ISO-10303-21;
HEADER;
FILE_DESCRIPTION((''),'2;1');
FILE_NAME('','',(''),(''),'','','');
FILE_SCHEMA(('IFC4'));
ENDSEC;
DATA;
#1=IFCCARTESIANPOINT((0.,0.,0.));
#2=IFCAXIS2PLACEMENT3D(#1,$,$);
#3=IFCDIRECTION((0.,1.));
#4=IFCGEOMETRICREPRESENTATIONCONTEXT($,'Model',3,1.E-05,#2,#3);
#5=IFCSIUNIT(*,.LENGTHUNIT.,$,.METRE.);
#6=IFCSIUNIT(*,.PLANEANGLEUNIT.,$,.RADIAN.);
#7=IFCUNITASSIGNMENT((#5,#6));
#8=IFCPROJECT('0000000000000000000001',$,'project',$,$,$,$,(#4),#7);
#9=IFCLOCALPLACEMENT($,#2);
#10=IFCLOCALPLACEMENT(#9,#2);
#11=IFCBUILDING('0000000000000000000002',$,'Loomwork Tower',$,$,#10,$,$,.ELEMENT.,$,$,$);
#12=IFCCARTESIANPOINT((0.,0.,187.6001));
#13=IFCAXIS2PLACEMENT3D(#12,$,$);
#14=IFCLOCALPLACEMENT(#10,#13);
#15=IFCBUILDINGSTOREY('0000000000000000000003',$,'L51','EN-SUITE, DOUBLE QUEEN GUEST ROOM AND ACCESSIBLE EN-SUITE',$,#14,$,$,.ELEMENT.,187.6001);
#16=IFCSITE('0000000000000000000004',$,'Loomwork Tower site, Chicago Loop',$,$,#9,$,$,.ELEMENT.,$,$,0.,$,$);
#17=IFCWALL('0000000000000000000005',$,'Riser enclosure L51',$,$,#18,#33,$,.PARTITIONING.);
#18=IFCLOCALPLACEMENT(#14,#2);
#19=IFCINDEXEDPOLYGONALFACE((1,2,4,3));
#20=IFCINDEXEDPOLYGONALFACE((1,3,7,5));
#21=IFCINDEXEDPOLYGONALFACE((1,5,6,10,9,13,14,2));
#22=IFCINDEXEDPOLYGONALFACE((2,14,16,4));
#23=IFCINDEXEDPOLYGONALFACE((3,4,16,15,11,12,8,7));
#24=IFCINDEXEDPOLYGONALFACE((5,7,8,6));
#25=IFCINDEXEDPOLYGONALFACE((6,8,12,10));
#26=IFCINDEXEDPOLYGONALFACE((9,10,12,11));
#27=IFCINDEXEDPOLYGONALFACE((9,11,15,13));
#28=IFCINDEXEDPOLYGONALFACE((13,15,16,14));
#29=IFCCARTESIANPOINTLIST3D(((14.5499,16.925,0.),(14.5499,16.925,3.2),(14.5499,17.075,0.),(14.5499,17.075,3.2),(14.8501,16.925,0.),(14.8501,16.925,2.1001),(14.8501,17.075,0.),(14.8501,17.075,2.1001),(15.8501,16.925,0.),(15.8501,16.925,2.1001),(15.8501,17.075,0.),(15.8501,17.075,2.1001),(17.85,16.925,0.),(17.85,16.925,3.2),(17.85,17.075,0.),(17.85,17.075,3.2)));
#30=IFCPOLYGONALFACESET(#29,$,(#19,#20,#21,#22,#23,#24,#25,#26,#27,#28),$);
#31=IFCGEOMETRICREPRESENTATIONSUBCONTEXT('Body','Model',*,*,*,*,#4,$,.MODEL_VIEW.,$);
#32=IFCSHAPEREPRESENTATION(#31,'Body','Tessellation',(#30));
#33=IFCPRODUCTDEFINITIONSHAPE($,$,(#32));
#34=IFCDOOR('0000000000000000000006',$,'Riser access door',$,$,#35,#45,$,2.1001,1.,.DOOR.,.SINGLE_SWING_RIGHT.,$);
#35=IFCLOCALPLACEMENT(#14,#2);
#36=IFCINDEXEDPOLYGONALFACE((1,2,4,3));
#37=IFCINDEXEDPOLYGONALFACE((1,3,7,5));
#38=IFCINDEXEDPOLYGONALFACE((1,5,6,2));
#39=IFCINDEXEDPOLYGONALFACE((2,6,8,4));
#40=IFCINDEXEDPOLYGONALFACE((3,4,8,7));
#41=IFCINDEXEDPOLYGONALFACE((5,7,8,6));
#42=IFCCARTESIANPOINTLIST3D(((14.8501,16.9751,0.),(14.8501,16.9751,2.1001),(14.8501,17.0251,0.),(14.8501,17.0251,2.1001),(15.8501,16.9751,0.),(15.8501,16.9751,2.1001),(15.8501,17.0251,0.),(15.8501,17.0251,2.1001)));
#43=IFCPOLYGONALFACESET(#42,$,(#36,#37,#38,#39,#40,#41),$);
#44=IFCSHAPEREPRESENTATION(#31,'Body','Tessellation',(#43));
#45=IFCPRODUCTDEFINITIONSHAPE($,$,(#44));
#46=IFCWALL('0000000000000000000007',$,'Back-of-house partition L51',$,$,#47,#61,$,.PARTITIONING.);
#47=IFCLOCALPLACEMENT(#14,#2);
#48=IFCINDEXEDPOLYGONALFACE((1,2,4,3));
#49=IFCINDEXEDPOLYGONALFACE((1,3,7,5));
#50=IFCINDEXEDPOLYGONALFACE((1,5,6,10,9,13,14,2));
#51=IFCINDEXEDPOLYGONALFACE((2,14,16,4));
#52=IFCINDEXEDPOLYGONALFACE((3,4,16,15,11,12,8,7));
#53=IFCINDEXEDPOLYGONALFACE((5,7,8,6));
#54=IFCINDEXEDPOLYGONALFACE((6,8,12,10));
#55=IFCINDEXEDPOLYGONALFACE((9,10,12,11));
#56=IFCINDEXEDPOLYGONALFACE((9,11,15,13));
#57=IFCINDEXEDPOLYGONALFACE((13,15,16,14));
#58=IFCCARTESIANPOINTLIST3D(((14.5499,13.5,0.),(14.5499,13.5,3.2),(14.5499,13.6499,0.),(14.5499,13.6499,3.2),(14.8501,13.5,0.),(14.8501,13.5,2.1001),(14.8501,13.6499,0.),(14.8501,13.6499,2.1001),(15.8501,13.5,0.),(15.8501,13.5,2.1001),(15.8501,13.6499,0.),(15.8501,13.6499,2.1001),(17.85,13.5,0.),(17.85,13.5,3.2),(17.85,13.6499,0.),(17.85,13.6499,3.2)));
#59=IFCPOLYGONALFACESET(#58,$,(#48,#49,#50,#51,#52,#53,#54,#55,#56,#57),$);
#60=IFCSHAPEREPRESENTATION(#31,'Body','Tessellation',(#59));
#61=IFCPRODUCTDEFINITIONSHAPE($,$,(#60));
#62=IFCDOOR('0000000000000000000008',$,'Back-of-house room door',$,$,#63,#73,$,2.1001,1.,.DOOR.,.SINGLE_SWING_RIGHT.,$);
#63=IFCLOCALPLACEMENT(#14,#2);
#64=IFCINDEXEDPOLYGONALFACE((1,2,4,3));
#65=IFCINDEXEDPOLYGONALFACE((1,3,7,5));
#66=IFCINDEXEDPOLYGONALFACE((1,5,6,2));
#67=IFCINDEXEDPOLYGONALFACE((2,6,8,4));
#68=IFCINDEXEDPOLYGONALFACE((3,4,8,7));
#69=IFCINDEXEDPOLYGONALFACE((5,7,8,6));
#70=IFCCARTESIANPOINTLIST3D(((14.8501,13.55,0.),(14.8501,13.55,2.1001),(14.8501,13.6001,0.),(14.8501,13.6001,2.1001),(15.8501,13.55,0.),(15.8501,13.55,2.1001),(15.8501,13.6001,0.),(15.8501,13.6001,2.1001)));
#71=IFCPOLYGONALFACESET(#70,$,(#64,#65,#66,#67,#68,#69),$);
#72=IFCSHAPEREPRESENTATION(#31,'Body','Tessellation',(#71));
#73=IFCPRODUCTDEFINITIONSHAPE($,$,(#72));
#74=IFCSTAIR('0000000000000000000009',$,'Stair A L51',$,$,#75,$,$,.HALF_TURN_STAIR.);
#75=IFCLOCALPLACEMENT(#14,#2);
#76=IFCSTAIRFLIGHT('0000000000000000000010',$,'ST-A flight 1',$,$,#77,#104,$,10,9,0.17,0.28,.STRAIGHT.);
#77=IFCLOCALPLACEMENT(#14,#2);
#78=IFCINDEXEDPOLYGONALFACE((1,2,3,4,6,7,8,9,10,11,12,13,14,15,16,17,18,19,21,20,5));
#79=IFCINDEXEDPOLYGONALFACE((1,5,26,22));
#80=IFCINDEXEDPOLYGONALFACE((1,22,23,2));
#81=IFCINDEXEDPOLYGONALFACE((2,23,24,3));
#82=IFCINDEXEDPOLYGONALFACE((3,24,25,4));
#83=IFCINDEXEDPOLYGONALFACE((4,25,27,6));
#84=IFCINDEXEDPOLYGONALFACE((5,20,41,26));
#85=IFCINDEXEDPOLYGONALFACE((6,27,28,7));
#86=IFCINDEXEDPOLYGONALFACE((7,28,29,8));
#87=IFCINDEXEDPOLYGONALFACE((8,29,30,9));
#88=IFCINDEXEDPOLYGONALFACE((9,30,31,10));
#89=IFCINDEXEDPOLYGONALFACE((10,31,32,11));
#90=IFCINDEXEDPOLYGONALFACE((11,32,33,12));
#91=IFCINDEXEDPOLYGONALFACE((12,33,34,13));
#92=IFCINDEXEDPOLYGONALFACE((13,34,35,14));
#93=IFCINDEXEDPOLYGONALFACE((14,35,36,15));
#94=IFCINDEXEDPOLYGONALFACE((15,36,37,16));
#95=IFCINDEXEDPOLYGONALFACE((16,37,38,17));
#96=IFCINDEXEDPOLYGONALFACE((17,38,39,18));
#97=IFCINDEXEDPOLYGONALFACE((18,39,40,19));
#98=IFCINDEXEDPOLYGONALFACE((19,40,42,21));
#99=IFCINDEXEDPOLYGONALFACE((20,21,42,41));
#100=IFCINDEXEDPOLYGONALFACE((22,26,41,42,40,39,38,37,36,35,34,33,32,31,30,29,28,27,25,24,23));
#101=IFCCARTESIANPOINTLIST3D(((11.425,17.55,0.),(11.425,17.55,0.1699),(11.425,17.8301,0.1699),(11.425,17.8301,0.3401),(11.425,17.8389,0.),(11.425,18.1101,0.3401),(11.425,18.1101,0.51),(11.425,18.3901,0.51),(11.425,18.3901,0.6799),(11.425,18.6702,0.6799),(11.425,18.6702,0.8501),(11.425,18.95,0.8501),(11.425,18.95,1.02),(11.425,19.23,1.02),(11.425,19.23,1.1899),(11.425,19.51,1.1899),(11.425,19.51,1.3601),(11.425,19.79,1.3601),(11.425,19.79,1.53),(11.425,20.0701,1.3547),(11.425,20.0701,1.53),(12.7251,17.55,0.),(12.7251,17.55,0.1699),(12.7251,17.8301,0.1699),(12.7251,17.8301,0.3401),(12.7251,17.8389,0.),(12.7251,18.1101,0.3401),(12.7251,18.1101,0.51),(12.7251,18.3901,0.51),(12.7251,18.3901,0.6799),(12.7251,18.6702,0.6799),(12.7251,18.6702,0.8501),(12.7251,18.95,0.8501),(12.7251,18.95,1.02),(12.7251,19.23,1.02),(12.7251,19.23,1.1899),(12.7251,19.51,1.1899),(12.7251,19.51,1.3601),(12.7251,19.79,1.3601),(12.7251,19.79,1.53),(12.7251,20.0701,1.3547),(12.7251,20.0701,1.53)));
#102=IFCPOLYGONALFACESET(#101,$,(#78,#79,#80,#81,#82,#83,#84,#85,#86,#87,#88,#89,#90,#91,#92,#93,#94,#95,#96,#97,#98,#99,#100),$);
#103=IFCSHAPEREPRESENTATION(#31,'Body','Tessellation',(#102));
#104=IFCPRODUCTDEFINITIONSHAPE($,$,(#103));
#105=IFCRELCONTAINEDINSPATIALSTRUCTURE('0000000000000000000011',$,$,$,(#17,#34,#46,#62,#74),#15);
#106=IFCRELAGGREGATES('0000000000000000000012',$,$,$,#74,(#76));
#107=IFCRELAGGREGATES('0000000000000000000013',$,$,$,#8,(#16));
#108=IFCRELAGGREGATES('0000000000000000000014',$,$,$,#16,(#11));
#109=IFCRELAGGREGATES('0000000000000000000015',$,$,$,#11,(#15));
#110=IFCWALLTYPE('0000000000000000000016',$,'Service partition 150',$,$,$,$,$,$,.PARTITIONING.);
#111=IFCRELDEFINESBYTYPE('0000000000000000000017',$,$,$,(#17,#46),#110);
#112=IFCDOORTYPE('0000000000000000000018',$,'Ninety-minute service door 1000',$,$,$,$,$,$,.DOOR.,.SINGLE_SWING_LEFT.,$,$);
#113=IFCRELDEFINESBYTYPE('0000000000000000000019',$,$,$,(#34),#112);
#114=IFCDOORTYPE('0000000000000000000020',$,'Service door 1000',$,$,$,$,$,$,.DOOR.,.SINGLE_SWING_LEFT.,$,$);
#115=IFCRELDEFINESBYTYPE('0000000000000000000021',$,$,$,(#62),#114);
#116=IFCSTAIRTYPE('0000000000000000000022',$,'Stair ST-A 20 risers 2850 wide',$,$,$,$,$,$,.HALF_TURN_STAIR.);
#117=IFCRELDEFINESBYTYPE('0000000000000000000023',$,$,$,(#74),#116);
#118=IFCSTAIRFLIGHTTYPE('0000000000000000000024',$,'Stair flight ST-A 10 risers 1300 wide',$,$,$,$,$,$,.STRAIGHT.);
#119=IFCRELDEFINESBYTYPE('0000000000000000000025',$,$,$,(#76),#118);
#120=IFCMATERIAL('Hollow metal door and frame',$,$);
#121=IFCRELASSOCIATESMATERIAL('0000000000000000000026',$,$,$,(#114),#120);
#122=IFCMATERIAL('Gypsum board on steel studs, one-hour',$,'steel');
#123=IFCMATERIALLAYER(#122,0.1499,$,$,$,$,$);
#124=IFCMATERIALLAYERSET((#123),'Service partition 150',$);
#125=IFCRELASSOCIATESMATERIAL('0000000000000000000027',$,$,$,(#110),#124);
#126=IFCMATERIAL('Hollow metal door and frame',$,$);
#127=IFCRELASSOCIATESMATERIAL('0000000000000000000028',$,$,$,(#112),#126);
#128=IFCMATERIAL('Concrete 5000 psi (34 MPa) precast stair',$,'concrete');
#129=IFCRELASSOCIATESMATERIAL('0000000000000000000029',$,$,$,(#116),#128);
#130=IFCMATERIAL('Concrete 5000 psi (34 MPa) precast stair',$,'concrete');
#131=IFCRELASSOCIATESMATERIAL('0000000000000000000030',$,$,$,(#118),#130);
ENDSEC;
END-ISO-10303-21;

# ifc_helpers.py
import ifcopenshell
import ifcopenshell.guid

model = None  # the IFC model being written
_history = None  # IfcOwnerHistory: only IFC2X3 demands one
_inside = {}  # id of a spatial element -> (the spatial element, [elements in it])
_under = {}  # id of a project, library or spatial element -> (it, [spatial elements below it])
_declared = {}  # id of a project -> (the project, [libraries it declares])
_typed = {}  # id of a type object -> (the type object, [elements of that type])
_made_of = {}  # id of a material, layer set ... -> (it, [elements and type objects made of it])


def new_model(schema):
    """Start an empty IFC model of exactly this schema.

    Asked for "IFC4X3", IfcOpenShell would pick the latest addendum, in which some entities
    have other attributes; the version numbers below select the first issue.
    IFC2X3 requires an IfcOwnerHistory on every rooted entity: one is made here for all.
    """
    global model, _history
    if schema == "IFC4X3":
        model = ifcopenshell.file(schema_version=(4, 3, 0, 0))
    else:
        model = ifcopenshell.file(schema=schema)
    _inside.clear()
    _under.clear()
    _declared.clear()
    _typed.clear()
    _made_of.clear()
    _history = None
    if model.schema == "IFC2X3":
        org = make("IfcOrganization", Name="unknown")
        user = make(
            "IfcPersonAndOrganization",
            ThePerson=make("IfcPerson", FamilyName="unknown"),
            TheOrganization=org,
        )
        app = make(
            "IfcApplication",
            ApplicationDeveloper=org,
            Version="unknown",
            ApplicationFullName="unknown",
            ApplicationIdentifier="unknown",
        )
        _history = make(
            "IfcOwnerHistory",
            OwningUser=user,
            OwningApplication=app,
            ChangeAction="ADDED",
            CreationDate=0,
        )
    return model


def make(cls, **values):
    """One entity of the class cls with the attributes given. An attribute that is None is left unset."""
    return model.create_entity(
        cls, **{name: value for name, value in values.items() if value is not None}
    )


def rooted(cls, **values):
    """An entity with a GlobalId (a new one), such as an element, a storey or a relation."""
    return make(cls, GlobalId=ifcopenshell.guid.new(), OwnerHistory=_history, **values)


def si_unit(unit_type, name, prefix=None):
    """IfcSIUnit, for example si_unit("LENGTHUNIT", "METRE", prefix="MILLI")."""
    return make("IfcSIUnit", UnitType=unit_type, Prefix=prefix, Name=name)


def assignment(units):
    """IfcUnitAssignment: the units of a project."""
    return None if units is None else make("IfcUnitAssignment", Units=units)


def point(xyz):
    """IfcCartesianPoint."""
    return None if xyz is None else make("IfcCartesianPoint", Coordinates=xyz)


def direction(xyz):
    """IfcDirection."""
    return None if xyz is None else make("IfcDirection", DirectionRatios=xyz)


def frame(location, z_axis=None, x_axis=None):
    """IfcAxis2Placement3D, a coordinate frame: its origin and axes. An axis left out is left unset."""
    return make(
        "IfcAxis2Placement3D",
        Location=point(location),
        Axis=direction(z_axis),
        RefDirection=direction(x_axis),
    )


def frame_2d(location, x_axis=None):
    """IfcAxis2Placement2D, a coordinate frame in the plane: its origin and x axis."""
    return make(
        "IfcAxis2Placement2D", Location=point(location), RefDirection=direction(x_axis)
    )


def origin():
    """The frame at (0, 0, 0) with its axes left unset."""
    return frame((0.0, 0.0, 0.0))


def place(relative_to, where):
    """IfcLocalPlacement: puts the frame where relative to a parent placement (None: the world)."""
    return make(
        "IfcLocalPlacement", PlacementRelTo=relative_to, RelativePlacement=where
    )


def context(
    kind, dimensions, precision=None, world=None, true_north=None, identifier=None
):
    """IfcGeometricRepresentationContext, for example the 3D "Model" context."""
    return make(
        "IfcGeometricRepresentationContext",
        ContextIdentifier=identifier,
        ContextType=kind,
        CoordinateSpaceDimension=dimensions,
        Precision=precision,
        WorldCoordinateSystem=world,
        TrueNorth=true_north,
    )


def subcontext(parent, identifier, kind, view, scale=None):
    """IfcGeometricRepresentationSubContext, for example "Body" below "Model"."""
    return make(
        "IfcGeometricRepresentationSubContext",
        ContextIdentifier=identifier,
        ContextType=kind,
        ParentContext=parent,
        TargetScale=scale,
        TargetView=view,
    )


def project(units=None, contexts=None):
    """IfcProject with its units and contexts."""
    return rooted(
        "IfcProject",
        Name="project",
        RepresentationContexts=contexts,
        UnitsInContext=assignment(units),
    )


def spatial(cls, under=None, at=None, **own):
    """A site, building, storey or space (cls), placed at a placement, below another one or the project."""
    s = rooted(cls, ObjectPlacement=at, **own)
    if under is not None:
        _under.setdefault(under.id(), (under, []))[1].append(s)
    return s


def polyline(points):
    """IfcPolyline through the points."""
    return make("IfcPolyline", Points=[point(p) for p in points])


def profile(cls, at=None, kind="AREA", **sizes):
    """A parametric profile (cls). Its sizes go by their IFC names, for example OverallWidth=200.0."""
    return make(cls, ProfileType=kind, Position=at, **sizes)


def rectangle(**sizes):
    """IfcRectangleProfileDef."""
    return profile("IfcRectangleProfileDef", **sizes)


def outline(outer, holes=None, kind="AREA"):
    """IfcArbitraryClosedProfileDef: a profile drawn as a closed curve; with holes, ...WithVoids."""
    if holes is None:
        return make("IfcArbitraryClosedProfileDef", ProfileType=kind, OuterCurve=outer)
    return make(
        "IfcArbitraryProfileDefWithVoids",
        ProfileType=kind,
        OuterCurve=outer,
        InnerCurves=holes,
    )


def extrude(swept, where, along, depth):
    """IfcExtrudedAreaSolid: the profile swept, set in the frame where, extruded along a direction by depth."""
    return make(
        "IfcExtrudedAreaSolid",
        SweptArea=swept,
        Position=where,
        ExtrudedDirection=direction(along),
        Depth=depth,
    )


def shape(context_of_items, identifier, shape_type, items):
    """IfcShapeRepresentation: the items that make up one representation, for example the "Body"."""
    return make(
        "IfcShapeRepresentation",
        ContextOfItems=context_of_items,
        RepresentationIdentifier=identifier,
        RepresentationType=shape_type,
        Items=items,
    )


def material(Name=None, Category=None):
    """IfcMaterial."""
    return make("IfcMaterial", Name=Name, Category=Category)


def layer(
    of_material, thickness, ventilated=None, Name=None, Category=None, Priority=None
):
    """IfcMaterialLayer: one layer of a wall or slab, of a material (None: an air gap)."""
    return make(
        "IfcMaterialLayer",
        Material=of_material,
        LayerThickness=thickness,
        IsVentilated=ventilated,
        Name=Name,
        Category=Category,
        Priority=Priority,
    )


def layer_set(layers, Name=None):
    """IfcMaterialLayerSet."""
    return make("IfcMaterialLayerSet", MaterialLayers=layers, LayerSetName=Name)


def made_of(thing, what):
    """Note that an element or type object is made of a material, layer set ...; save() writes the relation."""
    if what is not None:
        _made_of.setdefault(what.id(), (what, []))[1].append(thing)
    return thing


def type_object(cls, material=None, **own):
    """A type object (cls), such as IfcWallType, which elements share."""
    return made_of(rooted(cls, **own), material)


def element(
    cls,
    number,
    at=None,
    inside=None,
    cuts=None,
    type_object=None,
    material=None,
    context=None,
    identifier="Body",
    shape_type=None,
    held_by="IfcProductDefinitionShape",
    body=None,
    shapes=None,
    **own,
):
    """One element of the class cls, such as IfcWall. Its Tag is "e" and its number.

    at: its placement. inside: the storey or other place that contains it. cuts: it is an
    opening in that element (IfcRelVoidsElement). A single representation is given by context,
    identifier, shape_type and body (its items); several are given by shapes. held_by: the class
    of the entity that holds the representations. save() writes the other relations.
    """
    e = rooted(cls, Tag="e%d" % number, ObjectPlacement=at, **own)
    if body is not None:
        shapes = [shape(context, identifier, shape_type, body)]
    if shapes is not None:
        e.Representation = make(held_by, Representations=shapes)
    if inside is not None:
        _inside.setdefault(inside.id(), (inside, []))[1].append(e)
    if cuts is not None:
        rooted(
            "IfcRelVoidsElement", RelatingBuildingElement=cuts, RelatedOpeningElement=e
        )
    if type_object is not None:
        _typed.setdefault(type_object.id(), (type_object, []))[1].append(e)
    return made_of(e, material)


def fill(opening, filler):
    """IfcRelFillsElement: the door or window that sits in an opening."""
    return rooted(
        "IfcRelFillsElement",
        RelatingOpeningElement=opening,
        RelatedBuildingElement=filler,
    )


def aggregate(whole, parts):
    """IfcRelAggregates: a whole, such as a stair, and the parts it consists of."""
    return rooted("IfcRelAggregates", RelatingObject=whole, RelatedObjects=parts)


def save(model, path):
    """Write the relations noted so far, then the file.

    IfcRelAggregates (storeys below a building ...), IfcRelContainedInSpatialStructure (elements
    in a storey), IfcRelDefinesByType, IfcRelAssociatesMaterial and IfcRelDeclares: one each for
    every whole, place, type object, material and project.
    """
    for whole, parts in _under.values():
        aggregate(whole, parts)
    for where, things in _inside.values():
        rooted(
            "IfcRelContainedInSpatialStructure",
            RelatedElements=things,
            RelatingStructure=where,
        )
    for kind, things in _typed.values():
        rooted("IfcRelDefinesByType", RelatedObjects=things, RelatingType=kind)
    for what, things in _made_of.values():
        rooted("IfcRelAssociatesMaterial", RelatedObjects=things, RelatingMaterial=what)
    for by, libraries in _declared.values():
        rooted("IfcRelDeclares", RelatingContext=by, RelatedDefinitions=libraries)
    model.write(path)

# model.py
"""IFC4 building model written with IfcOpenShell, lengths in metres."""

from ifc_helpers import new_model, si_unit, direction, frame, frame_2d, origin, place, context, subcontext, project, spatial, polyline, rectangle, outline, extrude, material, layer, layer_set, type_object, element, fill, aggregate, save


model = new_model("IFC4")

# Units and contexts
model_context = context("Model", 3, precision=1e-05, world=origin(), true_north=direction((0.0, 1.0)))
body_context = subcontext(model_context, "Body", "Model", "MODEL_VIEW")
ifc_project = project(units=[si_unit("LENGTHUNIT", "METRE"), si_unit("PLANEANGLEUNIT", "RADIAN")], contexts=[model_context])

# Site, building, storey
site_placement = place(None, origin())
site = spatial("IfcSite", under=ifc_project, at=site_placement, Name="Loomwork Tower site, Chicago Loop", CompositionType="ELEMENT", RefElevation=0.0)
building_placement = place(site_placement, origin())
building = spatial("IfcBuilding", under=site, at=building_placement, Name="Loomwork Tower", CompositionType="ELEMENT")
storey_placement = place(building_placement, frame((0.0, 0.0, 187.6001)))
storey = spatial("IfcBuildingStorey", under=building, at=storey_placement, Name="L51", Description="EN-SUITE, DOUBLE QUEEN GUEST ROOM AND ACCESSIBLE EN-SUITE", CompositionType="ELEMENT", Elevation=187.6001)

# Shared definitions
ifc_material_1 = material(Name="Hollow metal door and frame")
door_type_1 = type_object("IfcDoorType", Name="Service door 1000", OperationType="SINGLE_SWING_LEFT", PredefinedType="DOOR", material=ifc_material_1)

# Walls, openings, doors
ifc_material_2 = material(Name="Gypsum board on steel studs, one-hour", Category="steel")
ifc_layer_1 = layer(ifc_material_2, 0.1499)
ifc_layer_set_1 = layer_set([ifc_layer_1], Name="Service partition 150")
wall_type_1 = type_object("IfcWallType", Name="Service partition 150", PredefinedType="PARTITIONING", material=ifc_layer_set_1)
wall_1_placement = place(storey_placement, frame((14.55, 17.0, 0.0), z_axis=(0.0, 0.0, 1.0), x_axis=(1.0, 0.0, 0.0)))
wall_1 = element("IfcWall", 1, at=wall_1_placement, inside=storey, type_object=wall_type_1, Name="Riser enclosure L51", PredefinedType="PARTITIONING", context=body_context, shape_type="SweptSolid", body=[
    extrude(rectangle(XDim=3.3, YDim=0.1499, at=frame_2d((1.6499, 0.0))), origin(), (0.0, 0.0, 1.0), 3.2),
])
opening_1_placement = place(wall_1_placement, frame((0.3, 0.0, 0.0)))
opening_1 = element("IfcOpeningElement", 2, at=opening_1_placement, cuts=wall_1, PredefinedType="OPENING", context=body_context, shape_type="SweptSolid", body=[
    extrude(rectangle(XDim=1.0, YDim=2.1001, at=frame_2d((0.5, 1.05))), frame((0.0, 0.085, 0.0), z_axis=(0.0, -1.0, 0.0), x_axis=(1.0, 0.0, 0.0)), (0.0, 0.0, 1.0), 0.1699),
])
ifc_material_3 = material(Name="Hollow metal door and frame")
door_type_2 = type_object("IfcDoorType", Name="Ninety-minute service door 1000", OperationType="SINGLE_SWING_LEFT", PredefinedType="DOOR", material=ifc_material_3)
door_1_placement = place(opening_1_placement, frame((1.0, 0.0, 0.0), z_axis=(0.0, 0.0, 1.0), x_axis=(-1.0, 0.0, 0.0)))
door_1 = element("IfcDoor", 3, at=door_1_placement, inside=storey, type_object=door_type_2, Name="Riser access door", OperationType="SINGLE_SWING_RIGHT", OverallHeight=2.1001, OverallWidth=1.0, PredefinedType="DOOR", context=body_context, shape_type="SweptSolid", body=[
    extrude(rectangle(XDim=1.0, YDim=2.1001, at=frame_2d((0.5, 1.05))), frame((0.0, 0.0249, 0.0), z_axis=(0.0, -1.0, 0.0), x_axis=(1.0, 0.0, 0.0)), (0.0, 0.0, 1.0), 0.05),
])
fill(opening_1, door_1)
wall_2_placement = place(storey_placement, frame((14.55, 13.575, 0.0), z_axis=(0.0, 0.0, 1.0), x_axis=(1.0, 0.0, 0.0)))
wall_2 = element("IfcWall", 4, at=wall_2_placement, inside=storey, type_object=wall_type_1, Name="Back-of-house partition L51", PredefinedType="PARTITIONING", context=body_context, shape_type="SweptSolid", body=[
    extrude(rectangle(XDim=3.3, YDim=0.1499, at=frame_2d((1.6499, 0.0))), origin(), (0.0, 0.0, 1.0), 3.2),
])
opening_2_placement = place(wall_2_placement, frame((0.3, 0.0, 0.0)))
opening_2 = element("IfcOpeningElement", 5, at=opening_2_placement, cuts=wall_2, PredefinedType="OPENING", context=body_context, shape_type="SweptSolid", body=[
    extrude(rectangle(XDim=1.0, YDim=2.1001, at=frame_2d((0.5, 1.05))), frame((0.0, 0.085, 0.0), z_axis=(0.0, -1.0, 0.0), x_axis=(1.0, 0.0, 0.0)), (0.0, 0.0, 1.0), 0.1699),
])
door_2_placement = place(opening_2_placement, frame((1.0, 0.0, 0.0), z_axis=(0.0, 0.0, 1.0), x_axis=(-1.0, 0.0, 0.0)))
door_2 = element("IfcDoor", 6, at=door_2_placement, inside=storey, type_object=door_type_1, Name="Back-of-house room door", OperationType="SINGLE_SWING_RIGHT", OverallHeight=2.1001, OverallWidth=1.0, PredefinedType="DOOR", context=body_context, shape_type="SweptSolid", body=[
    extrude(rectangle(XDim=1.0, YDim=2.1001, at=frame_2d((0.5, 1.05))), frame((0.0, 0.0249, 0.0), z_axis=(0.0, -1.0, 0.0), x_axis=(1.0, 0.0, 0.0)), (0.0, 0.0, 1.0), 0.05),
])
fill(opening_2, door_2)

# Stair, stair flight
ifc_material_4 = material(Name="Concrete 5000 psi (34 MPa) precast stair", Category="concrete")
stair_type = type_object("IfcStairType", Name="Stair ST-A 20 risers 2850 wide", PredefinedType="HALF_TURN_STAIR", material=ifc_material_4)
stair_placement = place(storey_placement, origin())
stair = element("IfcStair", 7, at=stair_placement, inside=storey, type_object=stair_type, Name="Stair A L51", PredefinedType="HALF_TURN_STAIR")
ifc_material_5 = material(Name="Concrete 5000 psi (34 MPa) precast stair", Category="concrete")
stair_flight_type = type_object("IfcStairFlightType", Name="Stair flight ST-A 10 risers 1300 wide", PredefinedType="STRAIGHT", material=ifc_material_5)
stair_flight_placement = place(storey_placement, frame((12.075, 17.55, 0.0), z_axis=(0.0, 0.0, 1.0), x_axis=(0.0, 1.0, 0.0)))
stair_flight = element("IfcStairFlight", 8, at=stair_flight_placement, type_object=stair_flight_type, Name="ST-A flight 1", NumberOfRisers=10, NumberOfTreads=9, PredefinedType="STRAIGHT", RiserHeight=0.17, TreadLength=0.28, context=body_context, shape_type="SweptSolid", body=[
    extrude(outline(polyline([(0.0, 0.0), (0.0, 0.1699), (0.28, 0.1699), (0.28, 0.3401), (0.5601, 0.3401), (0.5601, 0.51), (0.8401, 0.51), (0.8401, 0.6799), (1.1201, 0.6799), (1.1201, 0.8501), (1.3999, 0.8501), (1.3999, 1.02), (1.6799, 1.02), (1.6799, 1.1899), (1.96, 1.1899), (1.96, 1.3601), (2.24, 1.3601), (2.24, 1.53), (2.52, 1.53), (2.52, 1.7), (2.52, 1.3547), (0.2888, 0.0), (0.0, 0.0)])), frame((0.0, 0.6499, 0.0), z_axis=(0.0, -1.0, 0.0), x_axis=(1.0, 0.0, 0.0)), (0.0, 0.0, 1.0), 1.3),
])
aggregate(stair, [stair_flight])

save(model, "model.ifc")
